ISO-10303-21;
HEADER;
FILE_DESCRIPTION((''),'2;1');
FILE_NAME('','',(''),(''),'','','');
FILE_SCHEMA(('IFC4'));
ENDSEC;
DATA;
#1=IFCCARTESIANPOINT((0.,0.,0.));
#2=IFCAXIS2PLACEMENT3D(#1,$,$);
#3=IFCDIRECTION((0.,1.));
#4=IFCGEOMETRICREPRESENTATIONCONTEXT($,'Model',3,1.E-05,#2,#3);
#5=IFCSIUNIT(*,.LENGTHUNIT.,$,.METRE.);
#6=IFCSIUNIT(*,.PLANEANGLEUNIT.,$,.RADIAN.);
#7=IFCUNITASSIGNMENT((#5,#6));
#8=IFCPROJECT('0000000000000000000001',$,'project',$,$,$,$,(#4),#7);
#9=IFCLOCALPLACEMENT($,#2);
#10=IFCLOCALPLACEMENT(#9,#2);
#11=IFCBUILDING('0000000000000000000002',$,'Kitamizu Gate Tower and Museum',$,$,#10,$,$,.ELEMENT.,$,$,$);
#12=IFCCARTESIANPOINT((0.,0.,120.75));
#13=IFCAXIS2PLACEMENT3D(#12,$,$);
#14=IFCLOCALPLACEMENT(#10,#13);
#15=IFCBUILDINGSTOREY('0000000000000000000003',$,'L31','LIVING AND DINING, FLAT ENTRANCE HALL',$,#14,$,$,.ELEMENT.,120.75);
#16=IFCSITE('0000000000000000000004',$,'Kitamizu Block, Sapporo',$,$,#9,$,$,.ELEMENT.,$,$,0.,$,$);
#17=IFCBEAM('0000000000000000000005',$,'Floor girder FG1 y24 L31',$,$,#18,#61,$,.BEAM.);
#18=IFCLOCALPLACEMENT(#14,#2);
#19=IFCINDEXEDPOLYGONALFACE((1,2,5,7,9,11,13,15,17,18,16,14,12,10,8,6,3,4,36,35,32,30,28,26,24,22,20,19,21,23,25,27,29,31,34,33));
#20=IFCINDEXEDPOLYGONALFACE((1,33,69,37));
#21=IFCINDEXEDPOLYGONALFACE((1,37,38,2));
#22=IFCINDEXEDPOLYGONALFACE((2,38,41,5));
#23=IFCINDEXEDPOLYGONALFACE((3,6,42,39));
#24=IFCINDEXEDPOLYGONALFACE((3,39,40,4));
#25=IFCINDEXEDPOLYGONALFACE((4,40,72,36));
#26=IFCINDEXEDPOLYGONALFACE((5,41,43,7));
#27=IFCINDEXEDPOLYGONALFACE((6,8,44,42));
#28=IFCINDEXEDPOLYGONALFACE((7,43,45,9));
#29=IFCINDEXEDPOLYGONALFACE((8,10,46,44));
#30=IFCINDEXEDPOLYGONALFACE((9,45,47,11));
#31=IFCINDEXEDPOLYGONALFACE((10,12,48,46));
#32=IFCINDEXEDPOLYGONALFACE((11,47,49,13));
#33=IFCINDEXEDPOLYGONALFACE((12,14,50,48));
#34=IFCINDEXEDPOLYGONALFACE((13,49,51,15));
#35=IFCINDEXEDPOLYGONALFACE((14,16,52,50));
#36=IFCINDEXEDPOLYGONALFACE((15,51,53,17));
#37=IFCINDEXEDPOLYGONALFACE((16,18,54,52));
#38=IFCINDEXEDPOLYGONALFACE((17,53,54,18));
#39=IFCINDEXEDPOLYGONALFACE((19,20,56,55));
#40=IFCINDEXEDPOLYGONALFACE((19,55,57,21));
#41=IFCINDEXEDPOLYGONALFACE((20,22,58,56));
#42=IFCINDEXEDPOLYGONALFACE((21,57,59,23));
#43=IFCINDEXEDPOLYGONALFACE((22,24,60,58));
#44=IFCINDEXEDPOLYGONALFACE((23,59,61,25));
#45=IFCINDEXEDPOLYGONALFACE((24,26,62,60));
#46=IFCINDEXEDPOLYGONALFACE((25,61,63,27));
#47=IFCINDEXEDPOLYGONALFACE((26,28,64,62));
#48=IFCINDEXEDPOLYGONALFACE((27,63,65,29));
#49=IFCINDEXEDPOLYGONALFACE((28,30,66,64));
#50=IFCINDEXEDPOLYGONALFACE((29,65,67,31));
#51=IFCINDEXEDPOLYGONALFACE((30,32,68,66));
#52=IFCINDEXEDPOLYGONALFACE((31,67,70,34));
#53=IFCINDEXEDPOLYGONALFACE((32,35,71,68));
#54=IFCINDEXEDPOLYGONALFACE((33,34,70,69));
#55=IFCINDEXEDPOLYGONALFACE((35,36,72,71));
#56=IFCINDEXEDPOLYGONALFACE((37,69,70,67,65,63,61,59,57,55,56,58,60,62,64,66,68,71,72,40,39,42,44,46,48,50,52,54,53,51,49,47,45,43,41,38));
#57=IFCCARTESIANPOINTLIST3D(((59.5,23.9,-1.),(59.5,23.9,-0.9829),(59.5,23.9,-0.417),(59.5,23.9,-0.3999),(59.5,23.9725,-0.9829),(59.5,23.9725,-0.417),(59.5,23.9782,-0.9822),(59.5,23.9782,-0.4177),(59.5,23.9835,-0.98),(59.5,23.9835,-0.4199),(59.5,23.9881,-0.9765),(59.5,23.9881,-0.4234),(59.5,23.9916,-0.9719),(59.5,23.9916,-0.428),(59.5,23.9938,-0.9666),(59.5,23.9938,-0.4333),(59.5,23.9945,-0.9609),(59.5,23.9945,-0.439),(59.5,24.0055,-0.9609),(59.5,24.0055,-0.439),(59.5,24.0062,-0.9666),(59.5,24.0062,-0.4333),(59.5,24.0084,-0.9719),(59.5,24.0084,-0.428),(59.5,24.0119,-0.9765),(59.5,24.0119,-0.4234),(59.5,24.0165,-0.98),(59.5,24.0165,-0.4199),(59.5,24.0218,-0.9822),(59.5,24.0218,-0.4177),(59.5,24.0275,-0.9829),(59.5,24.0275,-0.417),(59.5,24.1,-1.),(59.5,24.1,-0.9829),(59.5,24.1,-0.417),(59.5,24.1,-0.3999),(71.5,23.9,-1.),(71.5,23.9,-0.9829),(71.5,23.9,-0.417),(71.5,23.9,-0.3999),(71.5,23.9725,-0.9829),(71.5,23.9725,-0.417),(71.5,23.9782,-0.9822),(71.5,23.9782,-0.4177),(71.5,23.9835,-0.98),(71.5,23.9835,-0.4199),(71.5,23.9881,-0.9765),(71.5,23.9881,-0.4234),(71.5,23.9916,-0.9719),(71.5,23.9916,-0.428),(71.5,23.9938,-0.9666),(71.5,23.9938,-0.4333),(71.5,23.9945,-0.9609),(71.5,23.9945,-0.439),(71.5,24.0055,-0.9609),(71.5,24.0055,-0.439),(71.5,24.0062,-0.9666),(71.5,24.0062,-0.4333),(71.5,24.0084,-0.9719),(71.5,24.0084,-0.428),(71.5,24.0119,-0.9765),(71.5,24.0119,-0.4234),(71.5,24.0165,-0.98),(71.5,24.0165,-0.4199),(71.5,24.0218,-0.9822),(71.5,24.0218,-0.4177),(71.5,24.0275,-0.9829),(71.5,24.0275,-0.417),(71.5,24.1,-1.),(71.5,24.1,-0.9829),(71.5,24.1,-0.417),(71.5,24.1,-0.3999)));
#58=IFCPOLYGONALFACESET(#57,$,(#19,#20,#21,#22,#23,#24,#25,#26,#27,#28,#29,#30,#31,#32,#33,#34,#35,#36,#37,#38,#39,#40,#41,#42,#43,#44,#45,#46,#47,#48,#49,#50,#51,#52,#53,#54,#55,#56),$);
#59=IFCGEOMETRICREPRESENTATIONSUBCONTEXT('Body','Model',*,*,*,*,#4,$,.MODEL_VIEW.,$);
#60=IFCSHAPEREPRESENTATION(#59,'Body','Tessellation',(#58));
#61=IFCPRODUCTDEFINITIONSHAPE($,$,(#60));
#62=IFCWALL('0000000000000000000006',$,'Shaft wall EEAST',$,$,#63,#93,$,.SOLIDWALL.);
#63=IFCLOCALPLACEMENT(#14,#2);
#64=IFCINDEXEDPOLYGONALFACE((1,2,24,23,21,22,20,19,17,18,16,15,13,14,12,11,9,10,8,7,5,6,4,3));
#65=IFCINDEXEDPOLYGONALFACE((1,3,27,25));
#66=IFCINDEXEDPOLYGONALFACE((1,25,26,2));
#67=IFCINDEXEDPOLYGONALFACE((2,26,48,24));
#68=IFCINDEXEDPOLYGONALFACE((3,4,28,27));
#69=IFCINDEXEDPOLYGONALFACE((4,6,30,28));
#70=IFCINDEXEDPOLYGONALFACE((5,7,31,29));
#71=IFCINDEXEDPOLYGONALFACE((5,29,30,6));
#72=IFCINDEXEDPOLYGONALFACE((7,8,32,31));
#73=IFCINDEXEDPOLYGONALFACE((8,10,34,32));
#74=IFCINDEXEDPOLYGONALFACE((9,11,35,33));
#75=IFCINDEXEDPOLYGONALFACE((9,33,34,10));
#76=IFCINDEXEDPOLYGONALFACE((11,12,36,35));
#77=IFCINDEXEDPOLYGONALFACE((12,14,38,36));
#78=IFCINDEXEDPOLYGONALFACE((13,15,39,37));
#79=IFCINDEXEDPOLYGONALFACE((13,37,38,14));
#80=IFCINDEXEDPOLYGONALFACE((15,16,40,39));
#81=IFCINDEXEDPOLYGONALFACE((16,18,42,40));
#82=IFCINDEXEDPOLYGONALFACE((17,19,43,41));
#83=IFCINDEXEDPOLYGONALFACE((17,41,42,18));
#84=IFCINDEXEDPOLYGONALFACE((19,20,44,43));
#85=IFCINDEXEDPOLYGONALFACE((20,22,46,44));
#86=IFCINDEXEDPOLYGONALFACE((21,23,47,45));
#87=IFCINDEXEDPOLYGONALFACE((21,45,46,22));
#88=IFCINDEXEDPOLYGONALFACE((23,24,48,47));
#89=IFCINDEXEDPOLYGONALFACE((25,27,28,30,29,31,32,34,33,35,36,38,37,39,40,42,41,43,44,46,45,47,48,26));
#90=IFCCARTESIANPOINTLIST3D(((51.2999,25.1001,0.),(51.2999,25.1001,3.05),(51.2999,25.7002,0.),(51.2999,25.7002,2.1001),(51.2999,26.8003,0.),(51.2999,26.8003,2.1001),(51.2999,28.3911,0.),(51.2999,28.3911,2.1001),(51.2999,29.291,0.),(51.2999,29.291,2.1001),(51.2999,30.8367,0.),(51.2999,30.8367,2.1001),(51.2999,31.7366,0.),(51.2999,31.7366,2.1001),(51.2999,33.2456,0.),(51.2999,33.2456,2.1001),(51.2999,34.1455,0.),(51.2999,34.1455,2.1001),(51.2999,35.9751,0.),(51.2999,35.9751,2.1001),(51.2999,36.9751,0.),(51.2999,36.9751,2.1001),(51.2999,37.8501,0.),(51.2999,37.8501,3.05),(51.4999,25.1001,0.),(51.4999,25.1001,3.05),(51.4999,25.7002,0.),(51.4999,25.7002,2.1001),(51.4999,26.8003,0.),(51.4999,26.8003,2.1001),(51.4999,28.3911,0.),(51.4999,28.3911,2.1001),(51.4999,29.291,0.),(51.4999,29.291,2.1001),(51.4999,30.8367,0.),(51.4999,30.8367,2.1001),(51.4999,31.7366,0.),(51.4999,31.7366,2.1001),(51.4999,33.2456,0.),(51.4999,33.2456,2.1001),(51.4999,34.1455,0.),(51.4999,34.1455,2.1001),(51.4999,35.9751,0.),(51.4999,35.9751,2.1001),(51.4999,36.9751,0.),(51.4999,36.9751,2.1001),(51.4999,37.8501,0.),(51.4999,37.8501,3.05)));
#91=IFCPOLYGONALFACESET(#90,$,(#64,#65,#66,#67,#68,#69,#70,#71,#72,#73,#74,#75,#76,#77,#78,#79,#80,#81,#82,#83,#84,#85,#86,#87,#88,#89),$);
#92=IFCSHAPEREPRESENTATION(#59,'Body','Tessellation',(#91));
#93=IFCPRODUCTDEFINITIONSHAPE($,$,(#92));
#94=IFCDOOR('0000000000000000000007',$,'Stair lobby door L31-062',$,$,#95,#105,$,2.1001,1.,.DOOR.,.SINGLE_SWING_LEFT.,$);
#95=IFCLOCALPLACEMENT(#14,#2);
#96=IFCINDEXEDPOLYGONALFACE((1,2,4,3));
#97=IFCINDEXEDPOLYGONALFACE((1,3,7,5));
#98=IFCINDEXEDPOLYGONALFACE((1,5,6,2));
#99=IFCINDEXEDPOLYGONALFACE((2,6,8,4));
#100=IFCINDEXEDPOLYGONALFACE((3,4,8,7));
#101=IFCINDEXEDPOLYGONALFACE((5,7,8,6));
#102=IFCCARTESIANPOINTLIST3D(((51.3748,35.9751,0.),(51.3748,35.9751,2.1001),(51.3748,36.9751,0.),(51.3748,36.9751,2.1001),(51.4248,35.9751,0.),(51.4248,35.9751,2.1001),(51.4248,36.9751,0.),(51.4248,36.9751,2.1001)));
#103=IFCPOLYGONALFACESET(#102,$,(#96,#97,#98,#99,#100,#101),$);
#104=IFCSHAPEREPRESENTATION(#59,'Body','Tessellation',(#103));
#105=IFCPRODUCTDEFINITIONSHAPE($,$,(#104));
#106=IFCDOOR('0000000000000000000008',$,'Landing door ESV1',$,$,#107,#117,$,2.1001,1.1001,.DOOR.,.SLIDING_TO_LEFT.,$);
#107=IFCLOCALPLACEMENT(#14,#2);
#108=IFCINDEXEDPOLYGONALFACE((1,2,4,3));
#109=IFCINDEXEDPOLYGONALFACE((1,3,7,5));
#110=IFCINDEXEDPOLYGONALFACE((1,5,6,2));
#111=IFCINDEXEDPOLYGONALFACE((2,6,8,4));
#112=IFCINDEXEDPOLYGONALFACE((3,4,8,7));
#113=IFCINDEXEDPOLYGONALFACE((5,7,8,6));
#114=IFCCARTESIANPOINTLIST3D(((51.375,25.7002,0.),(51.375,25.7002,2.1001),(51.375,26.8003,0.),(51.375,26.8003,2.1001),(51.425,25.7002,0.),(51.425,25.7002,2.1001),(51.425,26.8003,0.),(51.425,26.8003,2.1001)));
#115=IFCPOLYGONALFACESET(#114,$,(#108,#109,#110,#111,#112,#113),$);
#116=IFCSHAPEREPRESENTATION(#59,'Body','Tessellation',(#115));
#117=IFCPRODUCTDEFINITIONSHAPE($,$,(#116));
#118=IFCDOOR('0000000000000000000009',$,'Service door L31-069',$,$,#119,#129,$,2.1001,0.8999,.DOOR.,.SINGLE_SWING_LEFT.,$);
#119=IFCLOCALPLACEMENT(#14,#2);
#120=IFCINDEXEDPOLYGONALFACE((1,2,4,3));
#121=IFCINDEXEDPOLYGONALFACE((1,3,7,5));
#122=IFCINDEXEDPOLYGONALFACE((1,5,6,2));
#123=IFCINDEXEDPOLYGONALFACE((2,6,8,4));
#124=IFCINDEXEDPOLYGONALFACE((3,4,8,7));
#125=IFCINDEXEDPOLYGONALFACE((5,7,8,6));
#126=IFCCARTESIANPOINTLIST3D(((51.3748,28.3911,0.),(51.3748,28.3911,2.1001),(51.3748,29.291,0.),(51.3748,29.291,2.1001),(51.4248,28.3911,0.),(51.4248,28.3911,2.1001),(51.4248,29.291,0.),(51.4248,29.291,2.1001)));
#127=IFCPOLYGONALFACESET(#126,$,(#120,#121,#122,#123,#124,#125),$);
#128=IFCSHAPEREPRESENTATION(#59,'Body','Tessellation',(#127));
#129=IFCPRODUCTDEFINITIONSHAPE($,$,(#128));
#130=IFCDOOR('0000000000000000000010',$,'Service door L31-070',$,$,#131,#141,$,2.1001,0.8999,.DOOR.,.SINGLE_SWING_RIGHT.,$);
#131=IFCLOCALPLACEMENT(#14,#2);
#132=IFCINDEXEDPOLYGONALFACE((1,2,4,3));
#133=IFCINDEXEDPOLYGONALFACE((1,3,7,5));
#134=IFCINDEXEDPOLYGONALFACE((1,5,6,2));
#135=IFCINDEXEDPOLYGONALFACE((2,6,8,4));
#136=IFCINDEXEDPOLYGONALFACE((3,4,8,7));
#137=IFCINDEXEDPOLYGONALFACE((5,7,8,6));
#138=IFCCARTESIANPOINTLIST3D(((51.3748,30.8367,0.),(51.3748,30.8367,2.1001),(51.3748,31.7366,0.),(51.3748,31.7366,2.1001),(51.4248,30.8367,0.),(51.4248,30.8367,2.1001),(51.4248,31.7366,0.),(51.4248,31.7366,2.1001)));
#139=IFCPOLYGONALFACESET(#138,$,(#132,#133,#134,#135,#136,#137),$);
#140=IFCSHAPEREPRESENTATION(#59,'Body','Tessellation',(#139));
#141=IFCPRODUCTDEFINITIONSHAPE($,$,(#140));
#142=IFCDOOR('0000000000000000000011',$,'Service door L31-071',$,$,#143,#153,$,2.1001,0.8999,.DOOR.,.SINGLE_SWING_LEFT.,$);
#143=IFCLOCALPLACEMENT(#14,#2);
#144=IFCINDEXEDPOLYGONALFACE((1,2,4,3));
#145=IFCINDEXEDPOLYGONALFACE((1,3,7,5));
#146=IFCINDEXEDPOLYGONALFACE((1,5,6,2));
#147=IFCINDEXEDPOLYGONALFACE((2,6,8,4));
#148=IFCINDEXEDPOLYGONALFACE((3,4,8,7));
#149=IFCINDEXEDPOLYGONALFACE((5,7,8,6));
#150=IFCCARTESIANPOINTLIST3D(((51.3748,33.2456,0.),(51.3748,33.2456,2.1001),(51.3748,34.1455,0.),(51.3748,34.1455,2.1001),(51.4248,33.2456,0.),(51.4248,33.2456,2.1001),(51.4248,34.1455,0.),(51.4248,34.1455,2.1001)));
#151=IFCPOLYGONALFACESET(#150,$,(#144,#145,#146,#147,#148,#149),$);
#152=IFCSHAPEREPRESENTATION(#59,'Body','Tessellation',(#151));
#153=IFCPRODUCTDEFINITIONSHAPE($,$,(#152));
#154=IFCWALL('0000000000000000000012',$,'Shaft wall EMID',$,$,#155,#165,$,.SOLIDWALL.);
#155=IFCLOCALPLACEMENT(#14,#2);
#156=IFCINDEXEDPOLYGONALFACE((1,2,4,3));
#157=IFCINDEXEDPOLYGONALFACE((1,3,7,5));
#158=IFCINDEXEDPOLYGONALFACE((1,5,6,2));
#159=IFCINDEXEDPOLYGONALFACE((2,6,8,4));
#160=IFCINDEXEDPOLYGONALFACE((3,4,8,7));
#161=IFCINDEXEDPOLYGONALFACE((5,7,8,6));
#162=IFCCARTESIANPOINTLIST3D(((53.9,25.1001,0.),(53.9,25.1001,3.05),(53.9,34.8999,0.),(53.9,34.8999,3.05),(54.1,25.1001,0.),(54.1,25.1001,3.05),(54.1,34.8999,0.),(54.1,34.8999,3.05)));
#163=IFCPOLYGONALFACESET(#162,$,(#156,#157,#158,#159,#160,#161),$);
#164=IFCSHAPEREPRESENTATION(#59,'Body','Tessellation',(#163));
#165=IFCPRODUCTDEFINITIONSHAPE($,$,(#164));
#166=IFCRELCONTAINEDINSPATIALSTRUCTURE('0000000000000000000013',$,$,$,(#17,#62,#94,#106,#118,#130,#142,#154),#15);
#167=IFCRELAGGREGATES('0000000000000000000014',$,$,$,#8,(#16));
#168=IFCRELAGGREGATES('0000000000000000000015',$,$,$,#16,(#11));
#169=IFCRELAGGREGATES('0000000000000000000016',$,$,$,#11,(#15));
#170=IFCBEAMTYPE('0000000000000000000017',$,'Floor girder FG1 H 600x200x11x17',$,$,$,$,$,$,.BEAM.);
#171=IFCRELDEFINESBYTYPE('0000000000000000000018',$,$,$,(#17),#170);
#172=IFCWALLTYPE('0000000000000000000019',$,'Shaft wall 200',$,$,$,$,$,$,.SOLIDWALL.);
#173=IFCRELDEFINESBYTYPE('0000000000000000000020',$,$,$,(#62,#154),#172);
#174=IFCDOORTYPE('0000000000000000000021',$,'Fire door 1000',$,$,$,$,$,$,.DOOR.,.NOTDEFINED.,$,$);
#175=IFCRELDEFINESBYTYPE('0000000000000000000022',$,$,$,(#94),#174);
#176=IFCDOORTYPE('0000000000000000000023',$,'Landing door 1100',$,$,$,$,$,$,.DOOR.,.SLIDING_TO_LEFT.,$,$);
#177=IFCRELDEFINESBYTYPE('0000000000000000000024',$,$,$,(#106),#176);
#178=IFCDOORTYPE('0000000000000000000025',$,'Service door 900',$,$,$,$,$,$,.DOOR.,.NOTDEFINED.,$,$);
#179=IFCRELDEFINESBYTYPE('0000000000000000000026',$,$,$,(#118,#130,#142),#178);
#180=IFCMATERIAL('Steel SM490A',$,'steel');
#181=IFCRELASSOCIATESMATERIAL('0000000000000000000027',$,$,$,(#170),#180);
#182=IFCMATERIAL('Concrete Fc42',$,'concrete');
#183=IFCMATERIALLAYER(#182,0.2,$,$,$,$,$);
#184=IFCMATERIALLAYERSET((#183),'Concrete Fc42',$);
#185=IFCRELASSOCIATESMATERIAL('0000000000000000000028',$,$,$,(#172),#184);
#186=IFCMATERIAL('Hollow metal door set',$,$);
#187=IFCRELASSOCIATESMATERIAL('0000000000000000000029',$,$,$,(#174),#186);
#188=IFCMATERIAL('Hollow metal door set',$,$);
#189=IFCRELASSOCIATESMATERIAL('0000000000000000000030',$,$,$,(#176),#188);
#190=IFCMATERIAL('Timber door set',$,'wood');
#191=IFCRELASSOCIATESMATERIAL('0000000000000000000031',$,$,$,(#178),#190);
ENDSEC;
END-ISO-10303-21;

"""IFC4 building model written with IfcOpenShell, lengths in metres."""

from ifc_helpers import new_model, si_unit, direction, frame, frame_2d, origin, origin_2d, place, context, subcontext, project, spatial, rectangle, i_section, extrude, material, layer, layer_set, material_profile, profile_set, type_object, element, fill, save


model = new_model("IFC4")

# Units and contexts
model_context = context("Model", 3, precision=1e-05, world=origin(), true_north=direction((0.0, 1.0)))
body_context = subcontext(model_context, "Body", "Model", "MODEL_VIEW")
ifc_project = project(units=[si_unit("LENGTHUNIT", "METRE"), si_unit("PLANEANGLEUNIT", "RADIAN")], contexts=[model_context])

# Site, building, storey
site_placement = place(None, origin())
site = spatial("IfcSite", under=ifc_project, at=site_placement, Name="Kitamizu Block, Sapporo", CompositionType="ELEMENT", RefElevation=0.0)
building_placement = place(site_placement, origin())
building = spatial("IfcBuilding", under=site, at=building_placement, Name="Kitamizu Gate Tower and Museum", CompositionType="ELEMENT")
storey_placement = place(building_placement, frame((0.0, 0.0, 120.75)))
storey = spatial("IfcBuildingStorey", under=building, at=storey_placement, Name="L31", Description="LIVING AND DINING, FLAT ENTRANCE HALL", CompositionType="ELEMENT", Elevation=120.75)

# Beam
ifc_material_1 = material(Name="Steel SM490A", Category="steel")
ifc_material_profile = material_profile(ifc_material_1, i_section(OverallWidth=0.2, OverallDepth=0.6001, WebThickness=0.011, FlangeThickness=0.0171, FilletRadius=0.022, at=origin_2d()), Name="H-600x200x11x17")
ifc_profile_set = profile_set([ifc_material_profile], Name="Steel SM490A")
beam_type = type_object("IfcBeamType", Name="Floor girder FG1 H 600x200x11x17", PredefinedType="BEAM", material=ifc_profile_set)
beam_placement = place(storey_placement, frame((59.5, 24.0, -0.7), z_axis=(1.0, 0.0, 0.0), x_axis=(0.0, 1.0, 0.0)))
element("IfcBeam", 1, at=beam_placement, inside=storey, type_object=beam_type, Name="Floor girder FG1 y24 L31", PredefinedType="BEAM", context=body_context, shape_type="SweptSolid", body=[
    extrude(i_section(OverallWidth=0.2, OverallDepth=0.6001, WebThickness=0.011, FlangeThickness=0.0171, FilletRadius=0.022, at=origin_2d()), origin(), (0.0, 0.0, 1.0), 12.0),
])

# Wall, openings, doors
ifc_material_2 = material(Name="Concrete Fc42", Category="concrete")
ifc_layer = layer(ifc_material_2, 0.2)
ifc_layer_set = layer_set([ifc_layer], Name="Concrete Fc42")
wall_type = type_object("IfcWallType", Name="Shaft wall 200", PredefinedType="SOLIDWALL", material=ifc_layer_set)
wall_1_placement = place(storey_placement, frame((51.3999, 25.1001, 0.0), z_axis=(0.0, 0.0, 1.0), x_axis=(0.0, 1.0, 0.0)))
wall_1 = element("IfcWall", 2, at=wall_1_placement, inside=storey, type_object=wall_type, Name="Shaft wall EEAST", PredefinedType="SOLIDWALL", context=body_context, shape_type="SweptSolid", body=[
    extrude(rectangle(XDim=12.75, YDim=0.2, at=frame_2d((6.375, 0.0))), origin(), (0.0, 0.0, 1.0), 3.05),
])
opening_1_placement = place(wall_1_placement, frame((0.6001, 0.0, 0.0)))
opening_1 = element("IfcOpeningElement", 3, at=opening_1_placement, cuts=wall_1, PredefinedType="OPENING", context=body_context, shape_type="SweptSolid", body=[
    extrude(rectangle(XDim=1.1001, YDim=2.1001, at=frame_2d((0.55, 1.05))), frame((0.0, 0.1099, 0.0), z_axis=(0.0, -1.0, 0.0), x_axis=(1.0, 0.0, 0.0)), (0.0, 0.0, 1.0), 0.22),
])
opening_2_placement = place(wall_1_placement, frame((10.875, 0.0, 0.0)))
opening_2 = element("IfcOpeningElement", 4, at=opening_2_placement, cuts=wall_1, PredefinedType="OPENING", context=body_context, shape_type="SweptSolid", body=[
    extrude(rectangle(XDim=1.0, YDim=2.1001, at=frame_2d((0.5, 1.05))), frame((0.0, 0.1099, 0.0), z_axis=(0.0, -1.0, 0.0), x_axis=(1.0, 0.0, 0.0)), (0.0, 0.0, 1.0), 0.22),
])
opening_3_placement = place(wall_1_placement, frame((3.291, 0.0, 0.0)))
opening_3 = element("IfcOpeningElement", 5, at=opening_3_placement, cuts=wall_1, PredefinedType="OPENING", context=body_context, shape_type="SweptSolid", body=[
    extrude(rectangle(XDim=0.8999, YDim=2.1001, at=frame_2d((0.45, 1.05))), frame((0.0, 0.1099, 0.0), z_axis=(0.0, -1.0, 0.0), x_axis=(1.0, 0.0, 0.0)), (0.0, 0.0, 1.0), 0.22),
])
opening_4_placement = place(wall_1_placement, frame((5.7366, 0.0, 0.0)))
opening_4 = element("IfcOpeningElement", 6, at=opening_4_placement, cuts=wall_1, PredefinedType="OPENING", context=body_context, shape_type="SweptSolid", body=[
    extrude(rectangle(XDim=0.8999, YDim=2.1001, at=frame_2d((0.45, 1.05))), frame((0.0, 0.1099, 0.0), z_axis=(0.0, -1.0, 0.0), x_axis=(1.0, 0.0, 0.0)), (0.0, 0.0, 1.0), 0.22),
])
opening_5_placement = place(wall_1_placement, frame((8.1455, 0.0, 0.0)))
opening_5 = element("IfcOpeningElement", 7, at=opening_5_placement, cuts=wall_1, PredefinedType="OPENING", context=body_context, shape_type="SweptSolid", body=[
    extrude(rectangle(XDim=0.8999, YDim=2.1001, at=frame_2d((0.45, 1.05))), frame((0.0, 0.1099, 0.0), z_axis=(0.0, -1.0, 0.0), x_axis=(1.0, 0.0, 0.0)), (0.0, 0.0, 1.0), 0.22),
])
ifc_material_3 = material(Name="Hollow metal door set")
door_type_1 = type_object("IfcDoorType", Name="Fire door 1000", OperationType="NOTDEFINED", PredefinedType="DOOR", material=ifc_material_3)
door_1_placement = place(opening_2_placement, frame((1.0, 0.0, 0.0), x_axis=(-1.0, 0.0, 0.0)))
door_1 = element("IfcDoor", 8, at=door_1_placement, inside=storey, type_object=door_type_1, Name="Stair lobby door L31-062", OperationType="SINGLE_SWING_LEFT", OverallHeight=2.1001, OverallWidth=1.0, PredefinedType="DOOR", context=body_context, shape_type="SweptSolid", body=[
    extrude(rectangle(XDim=1.0, YDim=2.1001, at=frame_2d((0.5, 1.05))), frame((0.0, 0.0249, 0.0), z_axis=(0.0, -1.0, 0.0), x_axis=(1.0, 0.0, 0.0)), (0.0, 0.0, 1.0), 0.05),
])
fill(opening_2, door_1)
ifc_material_4 = material(Name="Hollow metal door set")
door_type_2 = type_object("IfcDoorType", Name="Landing door 1100", OperationType="SLIDING_TO_LEFT", PredefinedType="DOOR", material=ifc_material_4)
door_2_placement = place(opening_1_placement, origin())
door_2 = element("IfcDoor", 9, at=door_2_placement, inside=storey, type_object=door_type_2, Name="Landing door ESV1", OperationType="SLIDING_TO_LEFT", OverallHeight=2.1001, OverallWidth=1.1001, PredefinedType="DOOR", context=body_context, shape_type="SweptSolid", body=[
    extrude(rectangle(XDim=1.1001, YDim=2.1001, at=frame_2d((0.55, 1.05))), frame((0.0, 0.0249, 0.0), z_axis=(0.0, -1.0, 0.0), x_axis=(1.0, 0.0, 0.0)), (0.0, 0.0, 1.0), 0.05),
])
fill(opening_1, door_2)
ifc_material_5 = material(Name="Timber door set", Category="wood")
door_type_3 = type_object("IfcDoorType", Name="Service door 900", OperationType="NOTDEFINED", PredefinedType="DOOR", material=ifc_material_5)
door_3_placement = place(opening_3_placement, frame((0.8999, 0.0, 0.0), x_axis=(-1.0, 0.0, 0.0)))
door_3 = element("IfcDoor", 10, at=door_3_placement, inside=storey, type_object=door_type_3, Name="Service door L31-069", OperationType="SINGLE_SWING_LEFT", OverallHeight=2.1001, OverallWidth=0.8999, PredefinedType="DOOR", context=body_context, shape_type="SweptSolid", body=[
    extrude(rectangle(XDim=0.8999, YDim=2.1001, at=frame_2d((0.45, 1.05))), frame((0.0, 0.0249, 0.0), z_axis=(0.0, -1.0, 0.0), x_axis=(1.0, 0.0, 0.0)), (0.0, 0.0, 1.0), 0.05),
])
fill(opening_3, door_3)
door_4_placement = place(opening_4_placement, frame((0.8999, 0.0, 0.0), x_axis=(-1.0, 0.0, 0.0)))
door_4 = element("IfcDoor", 11, at=door_4_placement, inside=storey, type_object=door_type_3, Name="Service door L31-070", OperationType="SINGLE_SWING_RIGHT", OverallHeight=2.1001, OverallWidth=0.8999, PredefinedType="DOOR", context=body_context, shape_type="SweptSolid", body=[
    extrude(rectangle(XDim=0.8999, YDim=2.1001, at=frame_2d((0.45, 1.05))), frame((0.0, 0.0249, 0.0), z_axis=(0.0, -1.0, 0.0), x_axis=(1.0, 0.0, 0.0)), (0.0, 0.0, 1.0), 0.05),
])
fill(opening_4, door_4)
door_5_placement = place(opening_5_placement, frame((0.8999, 0.0, 0.0), x_axis=(-1.0, 0.0, 0.0)))
door_5 = element("IfcDoor", 12, at=door_5_placement, inside=storey, type_object=door_type_3, Name="Service door L31-071", OperationType="SINGLE_SWING_LEFT", OverallHeight=2.1001, OverallWidth=0.8999, PredefinedType="DOOR", context=body_context, shape_type="SweptSolid", body=[
    extrude(rectangle(XDim=0.8999, YDim=2.1001, at=frame_2d((0.45, 1.05))), frame((0.0, 0.0249, 0.0), z_axis=(0.0, -1.0, 0.0), x_axis=(1.0, 0.0, 0.0)), (0.0, 0.0, 1.0), 0.05),
])
fill(opening_5, door_5)

# Wall
wall_2_placement = place(storey_placement, frame((54.0, 25.1001, 0.0), z_axis=(0.0, 0.0, 1.0), x_axis=(0.0, 1.0, 0.0)))
element("IfcWall", 13, at=wall_2_placement, inside=storey, type_object=wall_type, Name="Shaft wall EMID", PredefinedType="SOLIDWALL", context=body_context, shape_type="SweptSolid", body=[
    extrude(rectangle(XDim=9.7998, YDim=0.2, at=frame_2d((4.8999, 0.0))), origin(), (0.0, 0.0, 1.0), 3.05),
])

save(model, "model.ifc")
